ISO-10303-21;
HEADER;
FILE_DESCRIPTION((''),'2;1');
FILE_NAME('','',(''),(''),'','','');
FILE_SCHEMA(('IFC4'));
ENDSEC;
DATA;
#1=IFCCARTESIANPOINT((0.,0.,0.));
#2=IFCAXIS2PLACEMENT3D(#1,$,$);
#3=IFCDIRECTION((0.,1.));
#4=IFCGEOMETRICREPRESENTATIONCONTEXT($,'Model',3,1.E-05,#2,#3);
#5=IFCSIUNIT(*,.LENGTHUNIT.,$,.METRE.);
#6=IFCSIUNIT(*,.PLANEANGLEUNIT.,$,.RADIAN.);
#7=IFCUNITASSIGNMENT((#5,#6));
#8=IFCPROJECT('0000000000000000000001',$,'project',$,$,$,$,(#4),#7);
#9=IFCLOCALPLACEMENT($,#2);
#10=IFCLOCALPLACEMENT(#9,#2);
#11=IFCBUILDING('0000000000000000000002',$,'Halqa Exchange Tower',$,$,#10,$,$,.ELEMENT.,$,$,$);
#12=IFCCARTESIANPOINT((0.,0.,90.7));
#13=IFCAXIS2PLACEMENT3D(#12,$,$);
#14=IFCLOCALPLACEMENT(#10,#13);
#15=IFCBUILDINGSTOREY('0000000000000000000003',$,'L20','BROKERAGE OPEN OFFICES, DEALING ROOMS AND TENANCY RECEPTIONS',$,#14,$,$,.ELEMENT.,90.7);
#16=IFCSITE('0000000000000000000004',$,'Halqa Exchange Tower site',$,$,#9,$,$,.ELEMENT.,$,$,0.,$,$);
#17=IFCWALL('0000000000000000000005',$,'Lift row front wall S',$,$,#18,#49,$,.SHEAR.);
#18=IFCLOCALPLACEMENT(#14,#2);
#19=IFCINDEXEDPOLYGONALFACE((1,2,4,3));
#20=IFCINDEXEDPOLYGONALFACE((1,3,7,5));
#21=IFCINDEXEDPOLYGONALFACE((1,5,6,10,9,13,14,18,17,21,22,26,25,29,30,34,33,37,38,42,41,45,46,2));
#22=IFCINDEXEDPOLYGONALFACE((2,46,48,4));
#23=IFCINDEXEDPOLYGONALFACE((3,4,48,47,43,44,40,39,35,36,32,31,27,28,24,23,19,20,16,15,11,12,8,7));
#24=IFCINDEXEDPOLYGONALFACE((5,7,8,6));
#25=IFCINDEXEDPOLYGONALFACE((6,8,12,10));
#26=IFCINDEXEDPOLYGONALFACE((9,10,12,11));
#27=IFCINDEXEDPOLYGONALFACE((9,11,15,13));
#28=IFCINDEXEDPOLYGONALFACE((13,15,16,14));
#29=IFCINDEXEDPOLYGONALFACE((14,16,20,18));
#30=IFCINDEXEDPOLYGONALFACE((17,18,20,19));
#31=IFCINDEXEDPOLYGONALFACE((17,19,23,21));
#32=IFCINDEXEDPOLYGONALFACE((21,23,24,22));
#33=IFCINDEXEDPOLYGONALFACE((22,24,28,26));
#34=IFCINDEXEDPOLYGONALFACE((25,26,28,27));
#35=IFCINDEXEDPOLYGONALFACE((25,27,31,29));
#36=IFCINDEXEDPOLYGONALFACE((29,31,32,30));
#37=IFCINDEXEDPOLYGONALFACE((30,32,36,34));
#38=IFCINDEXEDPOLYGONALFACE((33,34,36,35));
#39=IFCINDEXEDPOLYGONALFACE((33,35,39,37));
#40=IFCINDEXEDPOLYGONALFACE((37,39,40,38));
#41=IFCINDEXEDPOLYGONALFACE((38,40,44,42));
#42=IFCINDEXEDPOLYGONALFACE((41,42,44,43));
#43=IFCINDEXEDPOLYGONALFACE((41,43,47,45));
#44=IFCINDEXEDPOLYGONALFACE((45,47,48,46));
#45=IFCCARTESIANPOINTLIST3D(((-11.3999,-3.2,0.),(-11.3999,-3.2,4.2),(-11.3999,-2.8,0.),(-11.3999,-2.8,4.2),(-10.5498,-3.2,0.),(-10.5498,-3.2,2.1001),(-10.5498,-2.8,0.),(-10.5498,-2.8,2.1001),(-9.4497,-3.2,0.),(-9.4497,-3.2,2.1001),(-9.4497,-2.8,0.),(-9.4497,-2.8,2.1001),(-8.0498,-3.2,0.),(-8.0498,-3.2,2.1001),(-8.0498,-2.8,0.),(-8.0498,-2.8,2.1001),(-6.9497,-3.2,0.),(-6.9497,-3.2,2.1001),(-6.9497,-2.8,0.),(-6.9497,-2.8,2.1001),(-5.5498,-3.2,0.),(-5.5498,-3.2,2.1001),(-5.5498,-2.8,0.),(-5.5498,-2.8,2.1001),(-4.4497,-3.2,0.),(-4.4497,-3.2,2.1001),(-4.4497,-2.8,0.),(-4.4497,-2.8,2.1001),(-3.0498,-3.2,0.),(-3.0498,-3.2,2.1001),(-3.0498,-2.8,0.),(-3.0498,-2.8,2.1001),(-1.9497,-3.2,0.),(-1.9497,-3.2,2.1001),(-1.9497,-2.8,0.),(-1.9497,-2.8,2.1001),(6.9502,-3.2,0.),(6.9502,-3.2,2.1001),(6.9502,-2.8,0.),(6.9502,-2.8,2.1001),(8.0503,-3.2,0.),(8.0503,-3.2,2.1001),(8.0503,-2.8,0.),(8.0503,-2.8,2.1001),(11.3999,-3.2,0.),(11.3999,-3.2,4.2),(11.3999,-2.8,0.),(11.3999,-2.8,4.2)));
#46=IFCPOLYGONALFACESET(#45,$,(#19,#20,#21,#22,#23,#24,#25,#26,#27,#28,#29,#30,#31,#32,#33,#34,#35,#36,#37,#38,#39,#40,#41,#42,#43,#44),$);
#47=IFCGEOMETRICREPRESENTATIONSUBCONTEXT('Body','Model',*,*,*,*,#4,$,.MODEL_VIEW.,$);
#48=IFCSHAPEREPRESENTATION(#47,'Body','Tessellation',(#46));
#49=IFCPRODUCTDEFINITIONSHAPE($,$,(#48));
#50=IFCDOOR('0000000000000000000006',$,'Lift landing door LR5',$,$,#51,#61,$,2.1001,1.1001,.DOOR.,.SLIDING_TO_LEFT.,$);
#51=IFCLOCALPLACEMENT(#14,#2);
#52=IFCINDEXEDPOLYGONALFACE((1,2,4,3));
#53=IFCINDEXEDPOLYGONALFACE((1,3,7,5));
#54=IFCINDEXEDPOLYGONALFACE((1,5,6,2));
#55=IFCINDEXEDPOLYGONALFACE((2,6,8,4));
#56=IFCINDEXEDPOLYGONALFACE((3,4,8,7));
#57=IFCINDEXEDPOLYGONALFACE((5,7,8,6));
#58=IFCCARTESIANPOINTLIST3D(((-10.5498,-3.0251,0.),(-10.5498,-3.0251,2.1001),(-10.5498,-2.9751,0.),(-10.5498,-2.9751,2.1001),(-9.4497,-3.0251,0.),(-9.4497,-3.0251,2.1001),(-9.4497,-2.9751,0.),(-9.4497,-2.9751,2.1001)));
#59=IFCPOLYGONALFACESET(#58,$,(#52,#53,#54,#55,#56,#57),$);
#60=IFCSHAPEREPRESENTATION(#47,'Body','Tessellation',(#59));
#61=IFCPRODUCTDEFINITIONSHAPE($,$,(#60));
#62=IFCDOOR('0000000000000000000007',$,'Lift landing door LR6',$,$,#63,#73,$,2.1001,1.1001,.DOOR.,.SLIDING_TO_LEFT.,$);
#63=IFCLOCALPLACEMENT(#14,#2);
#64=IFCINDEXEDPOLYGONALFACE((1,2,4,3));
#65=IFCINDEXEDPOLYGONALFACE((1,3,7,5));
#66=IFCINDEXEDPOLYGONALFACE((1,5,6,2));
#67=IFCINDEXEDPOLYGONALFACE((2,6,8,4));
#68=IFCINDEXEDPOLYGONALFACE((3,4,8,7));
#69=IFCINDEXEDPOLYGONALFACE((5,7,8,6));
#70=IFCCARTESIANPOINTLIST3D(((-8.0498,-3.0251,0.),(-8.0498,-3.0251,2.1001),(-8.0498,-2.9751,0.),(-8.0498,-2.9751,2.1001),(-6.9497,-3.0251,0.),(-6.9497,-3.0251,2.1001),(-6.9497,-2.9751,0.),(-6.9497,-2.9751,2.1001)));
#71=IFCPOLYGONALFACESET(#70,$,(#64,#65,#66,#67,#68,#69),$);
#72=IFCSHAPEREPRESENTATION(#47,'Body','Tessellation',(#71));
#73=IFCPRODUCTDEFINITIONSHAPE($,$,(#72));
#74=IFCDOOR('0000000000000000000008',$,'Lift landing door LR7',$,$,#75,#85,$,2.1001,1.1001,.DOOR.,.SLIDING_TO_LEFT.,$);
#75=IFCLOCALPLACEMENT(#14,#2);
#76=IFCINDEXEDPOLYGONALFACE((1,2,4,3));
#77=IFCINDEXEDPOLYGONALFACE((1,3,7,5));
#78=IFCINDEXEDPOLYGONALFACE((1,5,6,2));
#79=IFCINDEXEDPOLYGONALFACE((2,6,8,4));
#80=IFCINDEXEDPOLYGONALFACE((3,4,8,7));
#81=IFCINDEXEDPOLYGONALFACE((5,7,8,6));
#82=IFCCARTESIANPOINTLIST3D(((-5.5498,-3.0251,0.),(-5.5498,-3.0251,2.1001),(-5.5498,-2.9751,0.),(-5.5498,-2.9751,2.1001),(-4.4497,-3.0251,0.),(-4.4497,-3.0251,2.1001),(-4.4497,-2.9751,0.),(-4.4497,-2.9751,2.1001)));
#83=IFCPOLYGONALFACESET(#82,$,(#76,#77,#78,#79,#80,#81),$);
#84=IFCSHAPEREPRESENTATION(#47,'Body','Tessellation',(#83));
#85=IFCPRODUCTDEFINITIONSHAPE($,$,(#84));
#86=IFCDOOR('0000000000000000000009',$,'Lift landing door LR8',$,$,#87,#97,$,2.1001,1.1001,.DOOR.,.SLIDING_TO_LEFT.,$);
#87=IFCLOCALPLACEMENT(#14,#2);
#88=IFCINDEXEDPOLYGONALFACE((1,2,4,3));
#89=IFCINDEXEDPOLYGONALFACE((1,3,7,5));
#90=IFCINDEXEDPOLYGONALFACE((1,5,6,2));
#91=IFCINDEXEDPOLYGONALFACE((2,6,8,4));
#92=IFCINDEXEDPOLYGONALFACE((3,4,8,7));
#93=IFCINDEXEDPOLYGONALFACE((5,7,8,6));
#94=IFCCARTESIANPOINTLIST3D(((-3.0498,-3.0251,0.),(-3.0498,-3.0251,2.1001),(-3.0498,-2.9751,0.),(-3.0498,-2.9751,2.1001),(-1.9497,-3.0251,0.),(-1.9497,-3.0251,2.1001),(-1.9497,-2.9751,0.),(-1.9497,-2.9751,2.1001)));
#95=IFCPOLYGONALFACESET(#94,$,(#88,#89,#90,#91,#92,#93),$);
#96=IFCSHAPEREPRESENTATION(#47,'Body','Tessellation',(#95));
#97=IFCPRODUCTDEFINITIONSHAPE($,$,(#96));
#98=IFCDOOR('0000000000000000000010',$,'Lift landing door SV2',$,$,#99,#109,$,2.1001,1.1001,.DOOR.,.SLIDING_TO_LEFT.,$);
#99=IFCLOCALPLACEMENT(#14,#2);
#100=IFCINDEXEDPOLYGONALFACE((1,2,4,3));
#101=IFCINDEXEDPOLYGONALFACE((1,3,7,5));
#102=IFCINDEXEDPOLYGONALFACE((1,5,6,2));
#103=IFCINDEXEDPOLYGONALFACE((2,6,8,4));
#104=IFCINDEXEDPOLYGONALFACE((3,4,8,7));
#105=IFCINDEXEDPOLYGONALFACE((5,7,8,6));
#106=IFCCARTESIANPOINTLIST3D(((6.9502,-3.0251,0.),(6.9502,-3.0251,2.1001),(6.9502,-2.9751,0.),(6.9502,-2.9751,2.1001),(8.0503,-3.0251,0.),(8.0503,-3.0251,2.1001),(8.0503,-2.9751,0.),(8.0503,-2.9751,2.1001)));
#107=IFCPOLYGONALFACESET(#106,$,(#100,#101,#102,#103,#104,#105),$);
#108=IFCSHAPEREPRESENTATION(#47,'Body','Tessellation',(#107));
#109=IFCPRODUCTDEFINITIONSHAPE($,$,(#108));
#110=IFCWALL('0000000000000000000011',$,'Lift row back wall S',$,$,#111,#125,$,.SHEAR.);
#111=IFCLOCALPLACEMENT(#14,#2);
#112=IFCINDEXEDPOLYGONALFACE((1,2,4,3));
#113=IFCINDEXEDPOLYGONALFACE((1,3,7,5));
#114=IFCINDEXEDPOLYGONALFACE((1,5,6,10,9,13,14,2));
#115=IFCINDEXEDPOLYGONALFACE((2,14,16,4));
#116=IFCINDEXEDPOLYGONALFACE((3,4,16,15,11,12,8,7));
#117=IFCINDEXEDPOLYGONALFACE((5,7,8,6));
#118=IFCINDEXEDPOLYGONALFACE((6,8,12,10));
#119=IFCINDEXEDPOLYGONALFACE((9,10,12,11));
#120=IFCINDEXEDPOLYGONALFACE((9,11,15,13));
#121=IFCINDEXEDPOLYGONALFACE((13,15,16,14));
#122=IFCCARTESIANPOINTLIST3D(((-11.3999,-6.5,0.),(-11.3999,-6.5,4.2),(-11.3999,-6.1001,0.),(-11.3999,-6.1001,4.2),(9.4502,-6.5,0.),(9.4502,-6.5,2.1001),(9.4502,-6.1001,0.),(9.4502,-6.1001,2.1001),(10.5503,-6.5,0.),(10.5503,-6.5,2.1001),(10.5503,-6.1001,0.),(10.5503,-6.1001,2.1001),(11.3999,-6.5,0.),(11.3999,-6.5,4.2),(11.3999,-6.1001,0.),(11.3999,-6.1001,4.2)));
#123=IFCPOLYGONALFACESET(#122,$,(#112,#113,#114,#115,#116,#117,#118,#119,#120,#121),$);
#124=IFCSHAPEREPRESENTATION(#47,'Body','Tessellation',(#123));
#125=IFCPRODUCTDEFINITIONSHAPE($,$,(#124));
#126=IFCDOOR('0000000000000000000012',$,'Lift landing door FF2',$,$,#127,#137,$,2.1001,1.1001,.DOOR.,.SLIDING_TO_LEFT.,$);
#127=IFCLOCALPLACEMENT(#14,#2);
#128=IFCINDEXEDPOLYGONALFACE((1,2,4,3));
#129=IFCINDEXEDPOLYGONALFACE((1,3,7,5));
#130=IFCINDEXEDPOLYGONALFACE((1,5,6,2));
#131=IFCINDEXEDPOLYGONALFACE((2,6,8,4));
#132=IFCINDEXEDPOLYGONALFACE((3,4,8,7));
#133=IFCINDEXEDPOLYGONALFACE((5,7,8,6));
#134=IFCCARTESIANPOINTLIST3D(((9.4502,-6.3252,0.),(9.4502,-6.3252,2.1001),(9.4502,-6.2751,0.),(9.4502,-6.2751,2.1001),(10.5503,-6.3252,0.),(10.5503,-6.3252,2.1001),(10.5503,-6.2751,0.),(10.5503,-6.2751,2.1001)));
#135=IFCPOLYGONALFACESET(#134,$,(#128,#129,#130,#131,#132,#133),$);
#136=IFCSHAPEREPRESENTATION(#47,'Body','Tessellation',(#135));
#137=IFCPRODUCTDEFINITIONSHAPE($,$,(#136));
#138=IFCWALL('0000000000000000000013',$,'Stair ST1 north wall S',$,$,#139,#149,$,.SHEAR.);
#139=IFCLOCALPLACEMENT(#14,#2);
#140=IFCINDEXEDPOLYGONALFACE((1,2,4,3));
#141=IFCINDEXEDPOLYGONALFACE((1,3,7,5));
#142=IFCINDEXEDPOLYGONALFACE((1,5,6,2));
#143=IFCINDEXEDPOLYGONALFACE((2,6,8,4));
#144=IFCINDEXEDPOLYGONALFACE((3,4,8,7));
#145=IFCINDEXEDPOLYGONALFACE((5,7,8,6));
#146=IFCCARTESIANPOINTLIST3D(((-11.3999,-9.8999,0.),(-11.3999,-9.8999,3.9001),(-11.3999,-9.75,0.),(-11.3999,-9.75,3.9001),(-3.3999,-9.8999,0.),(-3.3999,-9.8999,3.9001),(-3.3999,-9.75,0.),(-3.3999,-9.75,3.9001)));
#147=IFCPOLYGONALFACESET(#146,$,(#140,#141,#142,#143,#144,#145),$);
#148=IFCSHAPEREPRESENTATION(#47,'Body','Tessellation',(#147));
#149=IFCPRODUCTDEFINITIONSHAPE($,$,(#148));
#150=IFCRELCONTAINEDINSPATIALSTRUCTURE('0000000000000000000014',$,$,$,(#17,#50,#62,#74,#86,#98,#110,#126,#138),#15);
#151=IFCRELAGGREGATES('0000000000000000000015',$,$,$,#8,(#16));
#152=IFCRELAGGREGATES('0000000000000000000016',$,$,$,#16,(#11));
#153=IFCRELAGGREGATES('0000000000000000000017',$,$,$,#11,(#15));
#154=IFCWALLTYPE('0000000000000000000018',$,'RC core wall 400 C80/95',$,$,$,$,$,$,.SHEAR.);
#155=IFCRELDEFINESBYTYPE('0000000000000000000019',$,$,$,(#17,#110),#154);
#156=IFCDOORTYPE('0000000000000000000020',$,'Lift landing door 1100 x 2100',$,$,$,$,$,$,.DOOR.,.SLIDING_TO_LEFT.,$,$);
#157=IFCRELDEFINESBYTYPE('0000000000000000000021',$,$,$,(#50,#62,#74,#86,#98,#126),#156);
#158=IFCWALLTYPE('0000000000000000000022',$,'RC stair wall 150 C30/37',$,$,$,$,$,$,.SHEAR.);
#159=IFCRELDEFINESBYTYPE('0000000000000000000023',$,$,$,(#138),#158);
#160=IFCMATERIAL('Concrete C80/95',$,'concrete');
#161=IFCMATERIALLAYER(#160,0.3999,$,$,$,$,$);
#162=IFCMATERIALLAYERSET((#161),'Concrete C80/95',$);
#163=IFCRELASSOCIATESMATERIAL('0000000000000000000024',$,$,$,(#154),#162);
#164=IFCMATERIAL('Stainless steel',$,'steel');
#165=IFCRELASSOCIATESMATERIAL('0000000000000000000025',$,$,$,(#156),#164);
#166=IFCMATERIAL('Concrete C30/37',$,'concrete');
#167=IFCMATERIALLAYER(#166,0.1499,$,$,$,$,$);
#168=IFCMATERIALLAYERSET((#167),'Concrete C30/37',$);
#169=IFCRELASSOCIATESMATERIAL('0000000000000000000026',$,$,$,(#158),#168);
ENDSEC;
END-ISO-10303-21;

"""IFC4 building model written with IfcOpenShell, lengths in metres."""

from ifc_helpers import new_model, si_unit, direction, frame, frame_2d, origin, place, context, subcontext, project, spatial, rectangle, extrude, material, layer, layer_set, type_object, element, fill, save


model = new_model("IFC4")

# Units and contexts
model_context = context("Model", 3, precision=1e-05, world=origin(), true_north=direction((0.0, 1.0)))
body_context = subcontext(model_context, "Body", "Model", "MODEL_VIEW")
ifc_project = project(units=[si_unit("LENGTHUNIT", "METRE"), si_unit("PLANEANGLEUNIT", "RADIAN")], contexts=[model_context])

# Site, building, storey
site_placement = place(None, origin())
site = spatial("IfcSite", under=ifc_project, at=site_placement, Name="Halqa Exchange Tower site", CompositionType="ELEMENT", RefElevation=0.0)
building_placement = place(site_placement, origin())
building = spatial("IfcBuilding", under=site, at=building_placement, Name="Halqa Exchange Tower", CompositionType="ELEMENT")
storey_placement = place(building_placement, frame((0.0, 0.0, 90.7)))
storey = spatial("IfcBuildingStorey", under=building, at=storey_placement, Name="L20", Description="BROKERAGE OPEN OFFICES, DEALING ROOMS AND TENANCY RECEPTIONS", CompositionType="ELEMENT", Elevation=90.7)

# Wall, openings, doors
ifc_material_1 = material(Name="Concrete C80/95", Category="concrete")
ifc_layer_1 = layer(ifc_material_1, 0.3999)
ifc_layer_set_1 = layer_set([ifc_layer_1], Name="Concrete C80/95")
wall_type_1 = type_object("IfcWallType", Name="RC core wall 400 C80/95", PredefinedType="SHEAR", material=ifc_layer_set_1)
wall_1_placement = place(storey_placement, frame((-11.3999, -3.0, 0.0), z_axis=(0.0, 0.0, 1.0), x_axis=(1.0, 0.0, 0.0)))
wall_1 = element("IfcWall", 1, at=wall_1_placement, inside=storey, type_object=wall_type_1, Name="Lift row front wall S", PredefinedType="SHEAR", context=body_context, shape_type="SweptSolid", body=[
    extrude(rectangle(XDim=22.7998, YDim=0.3999, at=frame_2d((11.3999, 0.0))), origin(), (0.0, 0.0, 1.0), 4.2),
])
opening_1_placement = place(wall_1_placement, frame((0.8501, 0.0, 0.0)))
opening_1 = element("IfcOpeningElement", 2, at=opening_1_placement, cuts=wall_1, PredefinedType="OPENING", context=body_context, shape_type="SweptSolid", body=[
    extrude(rectangle(XDim=1.1001, YDim=2.1001, at=frame_2d((0.55, 1.05))), frame((0.0, 0.2119, 0.0), z_axis=(0.0, -1.0, 0.0), x_axis=(1.0, 0.0, 0.0)), (0.0, 0.0, 1.0), 0.4238),
])
opening_2_placement = place(wall_1_placement, frame((3.3501, 0.0, 0.0)))
opening_2 = element("IfcOpeningElement", 3, at=opening_2_placement, cuts=wall_1, PredefinedType="OPENING", context=body_context, shape_type="SweptSolid", body=[
    extrude(rectangle(XDim=1.1001, YDim=2.1001, at=frame_2d((0.55, 1.05))), frame((0.0, 0.2119, 0.0), z_axis=(0.0, -1.0, 0.0), x_axis=(1.0, 0.0, 0.0)), (0.0, 0.0, 1.0), 0.4238),
])
opening_3_placement = place(wall_1_placement, frame((5.8501, 0.0, 0.0)))
opening_3 = element("IfcOpeningElement", 4, at=opening_3_placement, cuts=wall_1, PredefinedType="OPENING", context=body_context, shape_type="SweptSolid", body=[
    extrude(rectangle(XDim=1.1001, YDim=2.1001, at=frame_2d((0.55, 1.05))), frame((0.0, 0.2119, 0.0), z_axis=(0.0, -1.0, 0.0), x_axis=(1.0, 0.0, 0.0)), (0.0, 0.0, 1.0), 0.4238),
])
opening_4_placement = place(wall_1_placement, frame((8.3501, 0.0, 0.0)))
opening_4 = element("IfcOpeningElement", 5, at=opening_4_placement, cuts=wall_1, PredefinedType="OPENING", context=body_context, shape_type="SweptSolid", body=[
    extrude(rectangle(XDim=1.1001, YDim=2.1001, at=frame_2d((0.55, 1.05))), frame((0.0, 0.2119, 0.0), z_axis=(0.0, -1.0, 0.0), x_axis=(1.0, 0.0, 0.0)), (0.0, 0.0, 1.0), 0.4238),
])
opening_5_placement = place(wall_1_placement, frame((18.3501, 0.0, 0.0)))
opening_5 = element("IfcOpeningElement", 6, at=opening_5_placement, cuts=wall_1, PredefinedType="OPENING", context=body_context, shape_type="SweptSolid", body=[
    extrude(rectangle(XDim=1.1001, YDim=2.1001, at=frame_2d((0.55, 1.05))), frame((0.0, 0.2119, 0.0), z_axis=(0.0, -1.0, 0.0), x_axis=(1.0, 0.0, 0.0)), (0.0, 0.0, 1.0), 0.4238),
])
ifc_material_2 = material(Name="Stainless steel", Category="steel")
door_type = type_object("IfcDoorType", Name="Lift landing door 1100 x 2100", OperationType="SLIDING_TO_LEFT", PredefinedType="DOOR", material=ifc_material_2)
door_1_placement = place(opening_1_placement, origin())
door_1 = element("IfcDoor", 7, at=door_1_placement, inside=storey, type_object=door_type, Name="Lift landing door LR5", OperationType="SLIDING_TO_LEFT", OverallHeight=2.1001, OverallWidth=1.1001, PredefinedType="DOOR", context=body_context, shape_type="SweptSolid", body=[
    extrude(rectangle(XDim=1.1001, YDim=2.1001, at=frame_2d((0.55, 1.05))), frame((0.0, 0.0249, 0.0), z_axis=(0.0, -1.0, 0.0), x_axis=(1.0, 0.0, 0.0)), (0.0, 0.0, 1.0), 0.05),
])
fill(opening_1, door_1)
door_2_placement = place(opening_2_placement, origin())
door_2 = element("IfcDoor", 8, at=door_2_placement, inside=storey, type_object=door_type, Name="Lift landing door LR6", OperationType="SLIDING_TO_LEFT", OverallHeight=2.1001, OverallWidth=1.1001, PredefinedType="DOOR", context=body_context, shape_type="SweptSolid", body=[
    extrude(rectangle(XDim=1.1001, YDim=2.1001, at=frame_2d((0.55, 1.05))), frame((0.0, 0.0249, 0.0), z_axis=(0.0, -1.0, 0.0), x_axis=(1.0, 0.0, 0.0)), (0.0, 0.0, 1.0), 0.05),
])
fill(opening_2, door_2)
door_3_placement = place(opening_3_placement, origin())
door_3 = element("IfcDoor", 9, at=door_3_placement, inside=storey, type_object=door_type, Name="Lift landing door LR7", OperationType="SLIDING_TO_LEFT", OverallHeight=2.1001, OverallWidth=1.1001, PredefinedType="DOOR", context=body_context, shape_type="SweptSolid", body=[
    extrude(rectangle(XDim=1.1001, YDim=2.1001, at=frame_2d((0.55, 1.05))), frame((0.0, 0.0249, 0.0), z_axis=(0.0, -1.0, 0.0), x_axis=(1.0, 0.0, 0.0)), (0.0, 0.0, 1.0), 0.05),
])
fill(opening_3, door_3)
door_4_placement = place(opening_4_placement, origin())
door_4 = element("IfcDoor", 10, at=door_4_placement, inside=storey, type_object=door_type, Name="Lift landing door LR8", OperationType="SLIDING_TO_LEFT", OverallHeight=2.1001, OverallWidth=1.1001, PredefinedType="DOOR", context=body_context, shape_type="SweptSolid", body=[
    extrude(rectangle(XDim=1.1001, YDim=2.1001, at=frame_2d((0.55, 1.05))), frame((0.0, 0.0249, 0.0), z_axis=(0.0, -1.0, 0.0), x_axis=(1.0, 0.0, 0.0)), (0.0, 0.0, 1.0), 0.05),
])
fill(opening_4, door_4)
door_5_placement = place(opening_5_placement, origin())
door_5 = element("IfcDoor", 11, at=door_5_placement, inside=storey, type_object=door_type, Name="Lift landing door SV2", OperationType="SLIDING_TO_LEFT", OverallHeight=2.1001, OverallWidth=1.1001, PredefinedType="DOOR", context=body_context, shape_type="SweptSolid", body=[
    extrude(rectangle(XDim=1.1001, YDim=2.1001, at=frame_2d((0.55, 1.05))), frame((0.0, 0.0249, 0.0), z_axis=(0.0, -1.0, 0.0), x_axis=(1.0, 0.0, 0.0)), (0.0, 0.0, 1.0), 0.05),
])
fill(opening_5, door_5)

# Wall, opening, door
wall_2_placement = place(storey_placement, frame((-11.3999, -6.3, 0.0), z_axis=(0.0, 0.0, 1.0), x_axis=(1.0, 0.0, 0.0)))
wall_2 = element("IfcWall", 12, at=wall_2_placement, inside=storey, type_object=wall_type_1, Name="Lift row back wall S", PredefinedType="SHEAR", context=body_context, shape_type="SweptSolid", body=[
    extrude(rectangle(XDim=22.7998, YDim=0.3999, at=frame_2d((11.3999, 0.0))), origin(), (0.0, 0.0, 1.0), 4.2),
])
opening_6_placement = place(wall_2_placement, frame((20.8501, 0.0, 0.0)))
opening_6 = element("IfcOpeningElement", 13, at=opening_6_placement, cuts=wall_2, PredefinedType="OPENING", context=body_context, shape_type="SweptSolid", body=[
    extrude(rectangle(XDim=1.1001, YDim=2.1001, at=frame_2d((0.55, 1.05))), frame((0.0, 0.2119, 0.0), z_axis=(0.0, -1.0, 0.0), x_axis=(1.0, 0.0, 0.0)), (0.0, 0.0, 1.0), 0.4238),
])
door_6_placement = place(opening_6_placement, origin())
door_6 = element("IfcDoor", 14, at=door_6_placement, inside=storey, type_object=door_type, Name="Lift landing door FF2", OperationType="SLIDING_TO_LEFT", OverallHeight=2.1001, OverallWidth=1.1001, PredefinedType="DOOR", context=body_context, shape_type="SweptSolid", body=[
    extrude(rectangle(XDim=1.1001, YDim=2.1001, at=frame_2d((0.55, 1.05))), frame((0.0, 0.0249, 0.0), z_axis=(0.0, -1.0, 0.0), x_axis=(1.0, 0.0, 0.0)), (0.0, 0.0, 1.0), 0.05),
])
fill(opening_6, door_6)

# Wall
ifc_material_3 = material(Name="Concrete C30/37", Category="concrete")
ifc_layer_2 = layer(ifc_material_3, 0.1499)
ifc_layer_set_2 = layer_set([ifc_layer_2], Name="Concrete C30/37")
wall_type_2 = type_object("IfcWallType", Name="RC stair wall 150 C30/37", PredefinedType="SHEAR", material=ifc_layer_set_2)
wall_3_placement = place(storey_placement, frame((-11.3999, -9.825, 0.0), z_axis=(0.0, 0.0, 1.0), x_axis=(1.0, 0.0, 0.0)))
element("IfcWall", 15, at=wall_3_placement, inside=storey, type_object=wall_type_2, Name="Stair ST1 north wall S", PredefinedType="SHEAR", context=body_context, shape_type="SweptSolid", body=[
    extrude(rectangle(XDim=8.0, YDim=0.1499, at=frame_2d((4.0, 0.0))), origin(), (0.0, 0.0, 1.0), 3.9001),
])

save(model, "model.ifc")
